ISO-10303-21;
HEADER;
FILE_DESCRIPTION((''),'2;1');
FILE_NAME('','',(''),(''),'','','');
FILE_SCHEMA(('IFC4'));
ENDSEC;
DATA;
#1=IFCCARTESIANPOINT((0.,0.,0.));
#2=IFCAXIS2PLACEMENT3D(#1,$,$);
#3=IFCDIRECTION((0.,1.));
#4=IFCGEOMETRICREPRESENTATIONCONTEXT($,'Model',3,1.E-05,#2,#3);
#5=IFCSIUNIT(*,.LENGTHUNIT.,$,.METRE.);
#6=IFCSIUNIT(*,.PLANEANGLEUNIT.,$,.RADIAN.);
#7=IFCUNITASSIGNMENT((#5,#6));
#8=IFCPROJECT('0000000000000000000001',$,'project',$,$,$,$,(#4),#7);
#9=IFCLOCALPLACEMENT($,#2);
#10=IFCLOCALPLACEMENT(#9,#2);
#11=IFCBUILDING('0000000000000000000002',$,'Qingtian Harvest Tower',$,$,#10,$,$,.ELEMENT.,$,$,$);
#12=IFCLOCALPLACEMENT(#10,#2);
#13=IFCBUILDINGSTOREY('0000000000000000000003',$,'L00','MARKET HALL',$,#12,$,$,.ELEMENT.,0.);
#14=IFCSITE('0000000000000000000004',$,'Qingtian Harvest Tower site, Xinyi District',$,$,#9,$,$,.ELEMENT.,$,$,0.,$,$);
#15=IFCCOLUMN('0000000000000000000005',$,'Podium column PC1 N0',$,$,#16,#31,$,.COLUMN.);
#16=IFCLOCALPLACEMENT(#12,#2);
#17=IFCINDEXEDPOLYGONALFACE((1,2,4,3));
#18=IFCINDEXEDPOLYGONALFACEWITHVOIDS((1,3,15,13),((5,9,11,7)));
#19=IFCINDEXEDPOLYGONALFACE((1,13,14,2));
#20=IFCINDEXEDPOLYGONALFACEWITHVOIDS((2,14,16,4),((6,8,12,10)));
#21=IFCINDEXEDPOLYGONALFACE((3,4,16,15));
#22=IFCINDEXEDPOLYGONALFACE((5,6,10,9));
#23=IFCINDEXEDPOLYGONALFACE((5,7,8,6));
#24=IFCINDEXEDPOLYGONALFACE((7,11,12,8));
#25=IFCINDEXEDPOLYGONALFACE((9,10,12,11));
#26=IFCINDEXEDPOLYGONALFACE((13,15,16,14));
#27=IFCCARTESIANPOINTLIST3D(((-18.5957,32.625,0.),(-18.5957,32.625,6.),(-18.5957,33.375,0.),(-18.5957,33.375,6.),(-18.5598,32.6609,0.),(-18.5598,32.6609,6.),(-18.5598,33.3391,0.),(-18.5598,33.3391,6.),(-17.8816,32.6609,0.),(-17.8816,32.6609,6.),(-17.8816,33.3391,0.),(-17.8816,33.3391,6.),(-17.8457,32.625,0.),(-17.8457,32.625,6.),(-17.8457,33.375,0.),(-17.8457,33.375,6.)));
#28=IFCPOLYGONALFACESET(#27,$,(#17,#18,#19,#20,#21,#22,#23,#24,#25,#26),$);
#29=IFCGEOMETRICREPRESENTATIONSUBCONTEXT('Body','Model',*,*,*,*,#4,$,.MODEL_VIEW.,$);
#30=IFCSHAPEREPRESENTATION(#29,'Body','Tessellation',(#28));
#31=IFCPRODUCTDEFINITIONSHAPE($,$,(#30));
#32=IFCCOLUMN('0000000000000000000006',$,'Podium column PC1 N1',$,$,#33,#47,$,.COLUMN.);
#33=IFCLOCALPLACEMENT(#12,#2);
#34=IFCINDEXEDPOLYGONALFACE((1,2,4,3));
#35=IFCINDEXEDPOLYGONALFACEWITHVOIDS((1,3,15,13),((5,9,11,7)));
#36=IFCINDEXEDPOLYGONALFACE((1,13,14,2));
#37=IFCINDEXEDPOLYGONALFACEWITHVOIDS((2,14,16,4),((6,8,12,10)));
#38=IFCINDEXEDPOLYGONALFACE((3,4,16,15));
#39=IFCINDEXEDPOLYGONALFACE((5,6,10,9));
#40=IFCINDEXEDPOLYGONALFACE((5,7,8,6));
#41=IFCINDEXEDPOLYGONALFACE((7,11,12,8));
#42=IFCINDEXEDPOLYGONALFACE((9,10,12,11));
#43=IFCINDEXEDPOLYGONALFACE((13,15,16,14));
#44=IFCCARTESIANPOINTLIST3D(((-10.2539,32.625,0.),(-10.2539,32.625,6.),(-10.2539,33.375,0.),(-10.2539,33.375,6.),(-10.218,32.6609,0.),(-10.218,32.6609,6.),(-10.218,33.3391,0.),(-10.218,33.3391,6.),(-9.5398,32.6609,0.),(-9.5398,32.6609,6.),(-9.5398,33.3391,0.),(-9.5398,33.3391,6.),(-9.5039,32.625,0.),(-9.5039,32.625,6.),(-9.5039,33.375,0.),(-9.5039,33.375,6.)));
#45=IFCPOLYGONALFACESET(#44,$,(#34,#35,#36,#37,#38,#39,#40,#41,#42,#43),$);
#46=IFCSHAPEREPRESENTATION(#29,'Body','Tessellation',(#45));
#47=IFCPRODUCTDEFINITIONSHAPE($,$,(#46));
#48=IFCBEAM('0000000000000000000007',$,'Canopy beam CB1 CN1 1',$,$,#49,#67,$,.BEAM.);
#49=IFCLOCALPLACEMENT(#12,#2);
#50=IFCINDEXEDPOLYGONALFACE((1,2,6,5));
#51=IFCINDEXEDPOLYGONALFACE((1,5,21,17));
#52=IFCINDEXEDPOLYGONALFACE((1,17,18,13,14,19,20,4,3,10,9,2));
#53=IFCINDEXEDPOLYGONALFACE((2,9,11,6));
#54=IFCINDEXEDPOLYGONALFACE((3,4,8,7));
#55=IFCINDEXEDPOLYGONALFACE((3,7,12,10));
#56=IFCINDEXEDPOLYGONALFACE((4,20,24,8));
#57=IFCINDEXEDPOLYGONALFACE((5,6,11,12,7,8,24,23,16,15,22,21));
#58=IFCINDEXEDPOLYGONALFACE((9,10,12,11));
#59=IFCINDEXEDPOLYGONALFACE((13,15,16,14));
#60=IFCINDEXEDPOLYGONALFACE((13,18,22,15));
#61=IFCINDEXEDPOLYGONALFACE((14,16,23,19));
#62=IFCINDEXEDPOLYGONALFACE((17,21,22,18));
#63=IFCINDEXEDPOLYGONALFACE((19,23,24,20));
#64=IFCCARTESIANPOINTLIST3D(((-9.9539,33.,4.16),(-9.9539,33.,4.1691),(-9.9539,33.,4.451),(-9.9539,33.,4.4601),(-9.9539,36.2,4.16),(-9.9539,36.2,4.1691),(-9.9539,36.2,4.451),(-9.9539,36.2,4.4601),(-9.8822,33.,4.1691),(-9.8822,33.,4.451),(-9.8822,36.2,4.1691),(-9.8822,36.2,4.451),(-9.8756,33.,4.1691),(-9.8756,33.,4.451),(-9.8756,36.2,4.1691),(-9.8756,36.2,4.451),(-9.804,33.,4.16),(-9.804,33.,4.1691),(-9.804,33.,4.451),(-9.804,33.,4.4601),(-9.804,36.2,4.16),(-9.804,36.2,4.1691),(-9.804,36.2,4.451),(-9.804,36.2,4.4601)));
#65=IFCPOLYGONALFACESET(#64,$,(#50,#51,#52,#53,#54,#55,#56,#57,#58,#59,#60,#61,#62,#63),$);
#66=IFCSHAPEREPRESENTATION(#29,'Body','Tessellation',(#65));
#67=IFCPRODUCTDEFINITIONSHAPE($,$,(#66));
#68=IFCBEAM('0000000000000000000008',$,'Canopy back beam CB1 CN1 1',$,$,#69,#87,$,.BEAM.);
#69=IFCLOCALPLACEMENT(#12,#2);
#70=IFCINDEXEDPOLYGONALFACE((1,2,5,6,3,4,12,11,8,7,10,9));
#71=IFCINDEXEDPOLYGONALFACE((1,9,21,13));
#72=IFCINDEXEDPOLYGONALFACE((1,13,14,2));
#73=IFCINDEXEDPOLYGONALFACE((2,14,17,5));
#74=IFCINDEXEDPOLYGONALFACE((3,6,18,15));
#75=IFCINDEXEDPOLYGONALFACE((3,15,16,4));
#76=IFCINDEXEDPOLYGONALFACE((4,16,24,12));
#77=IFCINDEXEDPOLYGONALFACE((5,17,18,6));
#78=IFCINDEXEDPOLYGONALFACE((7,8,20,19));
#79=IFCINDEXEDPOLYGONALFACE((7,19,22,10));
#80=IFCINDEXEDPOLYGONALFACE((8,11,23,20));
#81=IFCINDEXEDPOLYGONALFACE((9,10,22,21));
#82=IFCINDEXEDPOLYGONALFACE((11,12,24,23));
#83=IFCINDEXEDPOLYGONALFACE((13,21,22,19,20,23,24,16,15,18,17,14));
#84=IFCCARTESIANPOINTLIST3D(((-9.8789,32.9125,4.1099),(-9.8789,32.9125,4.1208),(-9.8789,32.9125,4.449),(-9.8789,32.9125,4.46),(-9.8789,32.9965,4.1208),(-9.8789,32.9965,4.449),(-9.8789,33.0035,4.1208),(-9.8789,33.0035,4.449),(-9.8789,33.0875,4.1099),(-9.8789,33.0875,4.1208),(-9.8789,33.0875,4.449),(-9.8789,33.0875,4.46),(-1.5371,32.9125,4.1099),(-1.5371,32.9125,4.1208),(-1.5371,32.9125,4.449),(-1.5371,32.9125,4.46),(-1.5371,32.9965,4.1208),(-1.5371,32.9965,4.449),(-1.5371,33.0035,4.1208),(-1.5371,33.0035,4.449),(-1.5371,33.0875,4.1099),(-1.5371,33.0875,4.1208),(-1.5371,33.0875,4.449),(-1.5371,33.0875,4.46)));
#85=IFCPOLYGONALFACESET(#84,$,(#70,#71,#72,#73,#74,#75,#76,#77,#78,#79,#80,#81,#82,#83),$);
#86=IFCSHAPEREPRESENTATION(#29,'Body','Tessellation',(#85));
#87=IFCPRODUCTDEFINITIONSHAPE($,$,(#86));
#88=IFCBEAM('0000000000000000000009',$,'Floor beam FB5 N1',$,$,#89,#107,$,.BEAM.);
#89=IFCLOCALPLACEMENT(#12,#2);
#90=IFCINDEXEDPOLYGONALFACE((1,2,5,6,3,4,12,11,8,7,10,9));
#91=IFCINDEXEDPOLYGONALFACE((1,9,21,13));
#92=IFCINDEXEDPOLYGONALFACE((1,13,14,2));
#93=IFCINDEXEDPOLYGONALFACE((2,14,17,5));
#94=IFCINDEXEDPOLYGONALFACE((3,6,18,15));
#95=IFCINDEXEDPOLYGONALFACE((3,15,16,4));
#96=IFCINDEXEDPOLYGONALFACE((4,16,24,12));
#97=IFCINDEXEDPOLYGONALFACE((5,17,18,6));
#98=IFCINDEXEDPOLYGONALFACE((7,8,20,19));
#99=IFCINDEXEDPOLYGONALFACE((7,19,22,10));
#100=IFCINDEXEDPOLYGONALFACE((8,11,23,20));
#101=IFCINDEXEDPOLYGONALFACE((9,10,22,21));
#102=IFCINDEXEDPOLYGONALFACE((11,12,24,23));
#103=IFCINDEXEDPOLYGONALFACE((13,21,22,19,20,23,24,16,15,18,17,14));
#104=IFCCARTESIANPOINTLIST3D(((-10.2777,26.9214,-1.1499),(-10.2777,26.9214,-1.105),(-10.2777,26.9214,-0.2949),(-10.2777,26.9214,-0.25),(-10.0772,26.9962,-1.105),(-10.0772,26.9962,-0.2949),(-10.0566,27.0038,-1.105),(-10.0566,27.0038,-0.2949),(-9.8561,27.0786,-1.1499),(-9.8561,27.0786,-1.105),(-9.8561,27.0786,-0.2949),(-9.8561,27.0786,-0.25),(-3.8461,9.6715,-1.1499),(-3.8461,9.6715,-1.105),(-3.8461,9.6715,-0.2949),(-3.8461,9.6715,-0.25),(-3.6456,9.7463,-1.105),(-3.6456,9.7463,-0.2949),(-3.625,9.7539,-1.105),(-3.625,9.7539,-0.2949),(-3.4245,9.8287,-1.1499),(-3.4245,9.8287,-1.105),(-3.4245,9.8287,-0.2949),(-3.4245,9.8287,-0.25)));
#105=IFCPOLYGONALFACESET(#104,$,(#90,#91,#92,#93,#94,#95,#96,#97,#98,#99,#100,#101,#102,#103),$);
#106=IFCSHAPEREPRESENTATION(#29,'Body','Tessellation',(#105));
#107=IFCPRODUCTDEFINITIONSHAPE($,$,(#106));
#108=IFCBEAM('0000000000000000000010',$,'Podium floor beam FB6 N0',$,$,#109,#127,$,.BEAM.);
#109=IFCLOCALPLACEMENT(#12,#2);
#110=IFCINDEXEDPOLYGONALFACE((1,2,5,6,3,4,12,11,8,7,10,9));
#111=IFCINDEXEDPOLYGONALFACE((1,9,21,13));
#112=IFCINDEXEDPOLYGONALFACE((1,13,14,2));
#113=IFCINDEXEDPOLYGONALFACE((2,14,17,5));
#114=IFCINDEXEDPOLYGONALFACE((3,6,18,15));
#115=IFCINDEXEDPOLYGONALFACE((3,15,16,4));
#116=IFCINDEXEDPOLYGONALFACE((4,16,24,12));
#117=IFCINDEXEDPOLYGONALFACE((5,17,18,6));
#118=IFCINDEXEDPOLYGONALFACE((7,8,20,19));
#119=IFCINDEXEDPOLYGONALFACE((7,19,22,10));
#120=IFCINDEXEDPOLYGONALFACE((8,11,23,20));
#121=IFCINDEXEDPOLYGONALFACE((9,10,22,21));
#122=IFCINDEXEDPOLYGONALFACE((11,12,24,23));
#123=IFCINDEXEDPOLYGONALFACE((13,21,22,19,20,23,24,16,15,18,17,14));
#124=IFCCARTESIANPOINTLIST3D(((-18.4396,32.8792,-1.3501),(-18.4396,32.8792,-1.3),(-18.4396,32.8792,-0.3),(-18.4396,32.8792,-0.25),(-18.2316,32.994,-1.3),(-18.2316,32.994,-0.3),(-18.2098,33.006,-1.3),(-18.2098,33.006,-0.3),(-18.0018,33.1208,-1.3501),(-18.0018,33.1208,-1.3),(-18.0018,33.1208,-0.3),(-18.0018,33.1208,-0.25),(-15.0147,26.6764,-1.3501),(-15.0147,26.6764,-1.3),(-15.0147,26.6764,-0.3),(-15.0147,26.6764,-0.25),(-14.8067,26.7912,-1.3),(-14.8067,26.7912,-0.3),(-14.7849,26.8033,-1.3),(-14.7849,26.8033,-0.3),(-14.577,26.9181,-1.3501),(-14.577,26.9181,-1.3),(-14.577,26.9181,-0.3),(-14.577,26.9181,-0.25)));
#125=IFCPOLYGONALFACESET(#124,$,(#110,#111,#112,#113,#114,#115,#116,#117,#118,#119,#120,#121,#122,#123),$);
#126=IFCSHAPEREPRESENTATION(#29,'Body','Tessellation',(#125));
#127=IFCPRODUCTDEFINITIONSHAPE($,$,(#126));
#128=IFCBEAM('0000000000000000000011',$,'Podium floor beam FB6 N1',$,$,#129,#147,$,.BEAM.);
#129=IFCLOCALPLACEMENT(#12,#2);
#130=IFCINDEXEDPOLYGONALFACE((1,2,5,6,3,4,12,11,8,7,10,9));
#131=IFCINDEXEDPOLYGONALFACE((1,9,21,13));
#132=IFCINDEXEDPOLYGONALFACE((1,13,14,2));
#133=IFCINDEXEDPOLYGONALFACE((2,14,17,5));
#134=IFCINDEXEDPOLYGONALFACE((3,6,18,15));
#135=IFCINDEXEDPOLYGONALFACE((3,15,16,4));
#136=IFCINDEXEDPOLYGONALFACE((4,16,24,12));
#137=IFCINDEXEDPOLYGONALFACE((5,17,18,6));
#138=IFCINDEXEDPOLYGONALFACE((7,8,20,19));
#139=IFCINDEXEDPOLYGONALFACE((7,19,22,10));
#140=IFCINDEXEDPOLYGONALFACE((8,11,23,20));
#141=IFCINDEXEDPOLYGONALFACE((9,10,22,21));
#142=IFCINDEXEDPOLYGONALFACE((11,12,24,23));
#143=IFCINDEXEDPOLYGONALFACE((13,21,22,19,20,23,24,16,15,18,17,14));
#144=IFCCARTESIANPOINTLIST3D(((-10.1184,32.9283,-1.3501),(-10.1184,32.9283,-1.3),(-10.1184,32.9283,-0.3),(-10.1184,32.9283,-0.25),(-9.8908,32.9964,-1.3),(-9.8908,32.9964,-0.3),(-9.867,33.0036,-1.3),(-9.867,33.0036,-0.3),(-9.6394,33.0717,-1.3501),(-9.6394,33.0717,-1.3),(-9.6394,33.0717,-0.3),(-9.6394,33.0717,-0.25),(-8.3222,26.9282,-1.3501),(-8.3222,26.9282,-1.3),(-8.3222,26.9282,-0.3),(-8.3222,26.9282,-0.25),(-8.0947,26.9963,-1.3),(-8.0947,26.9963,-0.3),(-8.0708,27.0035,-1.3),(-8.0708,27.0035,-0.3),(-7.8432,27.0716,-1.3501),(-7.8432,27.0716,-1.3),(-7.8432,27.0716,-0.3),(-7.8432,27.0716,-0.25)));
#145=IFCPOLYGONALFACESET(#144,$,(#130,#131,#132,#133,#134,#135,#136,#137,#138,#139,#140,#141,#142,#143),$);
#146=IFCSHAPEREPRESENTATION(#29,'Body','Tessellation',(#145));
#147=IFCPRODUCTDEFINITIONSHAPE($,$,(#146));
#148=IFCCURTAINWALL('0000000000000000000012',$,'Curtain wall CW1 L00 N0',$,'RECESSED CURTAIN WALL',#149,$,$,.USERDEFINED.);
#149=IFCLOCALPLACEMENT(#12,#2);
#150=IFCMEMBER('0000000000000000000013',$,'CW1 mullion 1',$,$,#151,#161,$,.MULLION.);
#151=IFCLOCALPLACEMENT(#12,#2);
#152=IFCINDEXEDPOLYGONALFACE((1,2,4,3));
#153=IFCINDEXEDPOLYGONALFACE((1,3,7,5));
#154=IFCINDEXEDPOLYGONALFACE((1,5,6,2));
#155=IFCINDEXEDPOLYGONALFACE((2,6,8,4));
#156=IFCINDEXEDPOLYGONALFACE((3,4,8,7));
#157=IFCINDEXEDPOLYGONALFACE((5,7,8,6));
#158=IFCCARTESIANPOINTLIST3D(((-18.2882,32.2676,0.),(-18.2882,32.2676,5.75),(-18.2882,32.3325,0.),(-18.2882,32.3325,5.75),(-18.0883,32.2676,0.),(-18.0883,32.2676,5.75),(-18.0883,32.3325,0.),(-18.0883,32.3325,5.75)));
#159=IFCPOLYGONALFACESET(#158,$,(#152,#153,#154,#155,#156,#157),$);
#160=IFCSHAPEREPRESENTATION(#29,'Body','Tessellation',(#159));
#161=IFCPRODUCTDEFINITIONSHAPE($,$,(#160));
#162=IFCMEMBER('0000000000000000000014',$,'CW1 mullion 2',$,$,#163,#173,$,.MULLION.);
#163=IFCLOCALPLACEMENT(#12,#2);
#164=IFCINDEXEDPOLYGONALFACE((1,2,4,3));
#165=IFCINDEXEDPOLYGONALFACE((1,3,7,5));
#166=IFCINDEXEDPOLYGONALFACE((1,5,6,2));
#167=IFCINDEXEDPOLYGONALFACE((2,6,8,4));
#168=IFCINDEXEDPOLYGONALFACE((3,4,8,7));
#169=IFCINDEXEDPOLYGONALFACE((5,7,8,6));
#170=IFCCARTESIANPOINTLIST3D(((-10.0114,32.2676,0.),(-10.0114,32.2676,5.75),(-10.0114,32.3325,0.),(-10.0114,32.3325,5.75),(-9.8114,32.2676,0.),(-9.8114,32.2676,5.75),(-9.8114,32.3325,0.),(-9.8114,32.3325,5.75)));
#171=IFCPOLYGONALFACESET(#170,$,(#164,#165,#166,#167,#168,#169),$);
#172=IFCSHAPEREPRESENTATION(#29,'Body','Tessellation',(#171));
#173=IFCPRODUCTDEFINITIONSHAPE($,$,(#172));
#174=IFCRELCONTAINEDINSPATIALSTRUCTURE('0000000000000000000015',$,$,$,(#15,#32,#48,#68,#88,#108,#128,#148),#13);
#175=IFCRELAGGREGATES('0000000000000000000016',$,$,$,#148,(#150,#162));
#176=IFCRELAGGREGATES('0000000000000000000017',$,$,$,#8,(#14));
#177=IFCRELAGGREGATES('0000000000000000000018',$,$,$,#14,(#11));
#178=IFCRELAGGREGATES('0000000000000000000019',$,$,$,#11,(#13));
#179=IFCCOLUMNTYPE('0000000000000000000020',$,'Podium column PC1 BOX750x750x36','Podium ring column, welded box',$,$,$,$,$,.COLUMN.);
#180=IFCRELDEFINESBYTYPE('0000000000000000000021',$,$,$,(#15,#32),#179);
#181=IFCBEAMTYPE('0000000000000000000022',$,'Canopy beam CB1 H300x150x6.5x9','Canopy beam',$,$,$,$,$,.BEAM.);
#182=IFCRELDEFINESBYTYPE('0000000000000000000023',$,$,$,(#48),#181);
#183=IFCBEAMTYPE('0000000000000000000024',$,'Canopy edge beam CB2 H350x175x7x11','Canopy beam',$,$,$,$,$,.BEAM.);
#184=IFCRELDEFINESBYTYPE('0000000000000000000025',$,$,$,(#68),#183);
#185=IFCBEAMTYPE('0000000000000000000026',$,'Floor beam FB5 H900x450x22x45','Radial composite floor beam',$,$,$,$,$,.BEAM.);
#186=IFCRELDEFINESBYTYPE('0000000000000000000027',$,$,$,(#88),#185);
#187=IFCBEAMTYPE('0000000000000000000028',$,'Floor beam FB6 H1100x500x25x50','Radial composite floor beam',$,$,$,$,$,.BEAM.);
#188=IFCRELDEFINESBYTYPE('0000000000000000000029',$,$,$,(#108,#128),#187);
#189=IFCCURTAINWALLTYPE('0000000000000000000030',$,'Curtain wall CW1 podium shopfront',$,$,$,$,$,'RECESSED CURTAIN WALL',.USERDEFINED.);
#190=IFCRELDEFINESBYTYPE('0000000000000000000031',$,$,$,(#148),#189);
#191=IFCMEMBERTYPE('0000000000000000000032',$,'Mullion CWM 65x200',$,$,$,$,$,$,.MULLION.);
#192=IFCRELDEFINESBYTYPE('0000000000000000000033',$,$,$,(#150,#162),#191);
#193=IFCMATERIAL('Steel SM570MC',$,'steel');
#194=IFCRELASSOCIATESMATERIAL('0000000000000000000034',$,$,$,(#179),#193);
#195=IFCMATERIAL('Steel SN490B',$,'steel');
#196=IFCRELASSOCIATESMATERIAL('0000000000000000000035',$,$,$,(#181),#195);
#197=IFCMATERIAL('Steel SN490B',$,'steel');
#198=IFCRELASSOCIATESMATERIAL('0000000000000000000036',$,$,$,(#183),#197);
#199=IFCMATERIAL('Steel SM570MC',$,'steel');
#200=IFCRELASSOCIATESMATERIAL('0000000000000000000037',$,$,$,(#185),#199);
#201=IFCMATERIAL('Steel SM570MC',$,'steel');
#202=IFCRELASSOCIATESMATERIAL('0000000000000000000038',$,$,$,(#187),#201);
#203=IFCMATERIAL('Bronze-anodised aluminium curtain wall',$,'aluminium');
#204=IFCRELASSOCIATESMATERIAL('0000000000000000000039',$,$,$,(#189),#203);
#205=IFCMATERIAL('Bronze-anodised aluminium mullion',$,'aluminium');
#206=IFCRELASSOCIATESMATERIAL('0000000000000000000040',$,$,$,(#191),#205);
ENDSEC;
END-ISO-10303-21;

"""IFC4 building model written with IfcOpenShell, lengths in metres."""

from ifc_helpers import new_model, si_unit, direction, frame, origin, origin_2d, place, context, subcontext, project, spatial, rectangle, hollow_rectangle, i_section, extrude, material, material_profile, profile_set, type_object, element, aggregate, save


model = new_model("IFC4")

# Units and contexts
model_context = context("Model", 3, precision=1e-05, world=origin(), true_north=direction((0.0, 1.0)))
body_context = subcontext(model_context, "Body", "Model", "MODEL_VIEW")
ifc_project = project(units=[si_unit("LENGTHUNIT", "METRE"), si_unit("PLANEANGLEUNIT", "RADIAN")], contexts=[model_context])

# Site, building, storey
site_placement = place(None, origin())
site = spatial("IfcSite", under=ifc_project, at=site_placement, Name="Qingtian Harvest Tower site, Xinyi District", CompositionType="ELEMENT", RefElevation=0.0)
building_placement = place(site_placement, origin())
building = spatial("IfcBuilding", under=site, at=building_placement, Name="Qingtian Harvest Tower", CompositionType="ELEMENT")
storey_placement = place(building_placement, origin())
storey = spatial("IfcBuildingStorey", under=building, at=storey_placement, Name="L00", Description="MARKET HALL", CompositionType="ELEMENT", Elevation=0.0)

# Columns
ifc_material_1 = material(Name="Steel SM570MC", Category="steel")
ifc_material_profile_1 = material_profile(ifc_material_1, hollow_rectangle(XDim=0.75, YDim=0.75, WallThickness=0.0359, at=origin_2d()), Name="BOX750x750x36")
ifc_profile_set_1 = profile_set([ifc_material_profile_1], Name="Steel SM570MC")
column_type = type_object("IfcColumnType", Name="Podium column PC1 BOX750x750x36", Description="Podium ring column, welded box", PredefinedType="COLUMN", material=ifc_profile_set_1)
for number, where, z_axis, x_axis, name in (
    (1, (-18.2207, 33.0, 0.0), (0.0, 0.0, 1.0), (-1.0, 0.0, 0.0), "Podium column PC1 N0"),
    (2, (-9.8789, 33.0, 0.0), (0.0, 0.0, 1.0), (-1.0, 0.0, 0.0), "Podium column PC1 N1"),
):
    element("IfcColumn", number, at=place(storey_placement, frame(where, z_axis=z_axis, x_axis=x_axis)), inside=storey, type_object=column_type, Name=name, PredefinedType="COLUMN", context=body_context, shape_type="SweptSolid", body=[
        extrude(hollow_rectangle(XDim=0.75, YDim=0.75, WallThickness=0.0359, at=origin_2d()), origin(), (0.0, 0.0, 1.0), 6.0),
    ])

# Beams
ifc_material_2 = material(Name="Steel SN490B", Category="steel")
ifc_material_profile_2 = material_profile(ifc_material_2, i_section(OverallWidth=0.1499, OverallDepth=0.3, WebThickness=0.0066, FlangeThickness=0.009, at=origin_2d()), Name="H300x150x6.5x9")
ifc_profile_set_2 = profile_set([ifc_material_profile_2], Name="Steel SN490B")
beam_type_1 = type_object("IfcBeamType", Name="Canopy beam CB1 H300x150x6.5x9", Description="Canopy beam", PredefinedType="BEAM", material=ifc_profile_set_2)
beam_1_placement = place(storey_placement, frame((-9.8789, 33.0, 4.3101), z_axis=(0.0, 1.0, 0.0), x_axis=(-1.0, 0.0, 0.0)))
element("IfcBeam", 3, at=beam_1_placement, inside=storey, type_object=beam_type_1, Name="Canopy beam CB1 CN1 1", PredefinedType="BEAM", context=body_context, shape_type="SweptSolid", body=[
    extrude(i_section(OverallWidth=0.1499, OverallDepth=0.3, WebThickness=0.0066, FlangeThickness=0.009, at=origin_2d()), origin(), (0.0, 0.0, 1.0), 3.2),
])
ifc_material_3 = material(Name="Steel SN490B", Category="steel")
ifc_material_profile_3 = material_profile(ifc_material_3, i_section(OverallWidth=0.175, OverallDepth=0.3501, WebThickness=0.0071, FlangeThickness=0.011, at=origin_2d()), Name="H350x175x7x11")
ifc_profile_set_3 = profile_set([ifc_material_profile_3], Name="Steel SN490B")
beam_type_2 = type_object("IfcBeamType", Name="Canopy edge beam CB2 H350x175x7x11", Description="Canopy beam", PredefinedType="BEAM", material=ifc_profile_set_3)
beam_2_placement = place(storey_placement, frame((-9.8789, 33.0, 4.2849), z_axis=(1.0, 0.0, 0.0), x_axis=(0.0, 1.0, 0.0)))
element("IfcBeam", 4, at=beam_2_placement, inside=storey, type_object=beam_type_2, Name="Canopy back beam CB1 CN1 1", PredefinedType="BEAM", context=body_context, shape_type="SweptSolid", body=[
    extrude(i_section(OverallWidth=0.175, OverallDepth=0.3501, WebThickness=0.0071, FlangeThickness=0.011, at=origin_2d()), origin(), (0.0, 0.0, 1.0), 8.3418),
])
ifc_material_4 = material(Name="Steel SM570MC", Category="steel")
ifc_material_profile_4 = material_profile(ifc_material_4, i_section(OverallWidth=0.45, OverallDepth=0.8999, WebThickness=0.022, FlangeThickness=0.0449, at=origin_2d()), Name="H900x450x22x45")
ifc_profile_set_4 = profile_set([ifc_material_profile_4], Name="Steel SM570MC")
beam_type_3 = type_object("IfcBeamType", Name="Floor beam FB5 H900x450x22x45", Description="Radial composite floor beam", PredefinedType="BEAM", material=ifc_profile_set_4)
beam_3_placement = place(storey_placement, frame((-10.0669, 27.0, -0.7), z_axis=(0.349356, -0.93699, 0.0), x_axis=(0.93699, 0.349356, 0.0)))
element("IfcBeam", 5, at=beam_3_placement, inside=storey, type_object=beam_type_3, Name="Floor beam FB5 N1", PredefinedType="BEAM", context=body_context, shape_type="SweptSolid", body=[
    extrude(i_section(OverallWidth=0.45, OverallDepth=0.8999, WebThickness=0.022, FlangeThickness=0.0449, at=origin_2d()), origin(), (0.0, 0.0, 1.0), 18.4099),
])
ifc_material_5 = material(Name="Steel SM570MC", Category="steel")
ifc_material_profile_5 = material_profile(ifc_material_5, i_section(OverallWidth=0.5, OverallDepth=1.1001, WebThickness=0.0249, FlangeThickness=0.05, at=origin_2d()), Name="H1100x500x25x50")
ifc_profile_set_5 = profile_set([ifc_material_profile_5], Name="Steel SM570MC")
beam_type_4 = type_object("IfcBeamType", Name="Floor beam FB6 H1100x500x25x50", Description="Radial composite floor beam", PredefinedType="BEAM", material=ifc_profile_set_5)
beam_4_placement = place(storey_placement, frame((-18.2207, 33.0, -0.8), z_axis=(0.483365, -0.875419, 0.0), x_axis=(0.875419, 0.483365, 0.0)))
element("IfcBeam", 6, at=beam_4_placement, inside=storey, type_object=beam_type_4, Name="Podium floor beam FB6 N0", PredefinedType="BEAM", context=body_context, shape_type="SweptSolid", body=[
    extrude(i_section(OverallWidth=0.5, OverallDepth=1.1001, WebThickness=0.0249, FlangeThickness=0.05, at=origin_2d()), origin(), (0.0, 0.0, 1.0), 7.0854),
])
beam_5_placement = place(storey_placement, frame((-9.8789, 33.0, -0.8), z_axis=(0.286783, -0.957996, 0.0), x_axis=(0.957996, 0.286783, 0.0)))
element("IfcBeam", 7, at=beam_5_placement, inside=storey, type_object=beam_type_4, Name="Podium floor beam FB6 N1", PredefinedType="BEAM", context=body_context, shape_type="SweptSolid", body=[
    extrude(i_section(OverallWidth=0.5, OverallDepth=1.1001, WebThickness=0.0249, FlangeThickness=0.05, at=origin_2d()), origin(), (0.0, 0.0, 1.0), 6.2632),
])

# Curtain wall, members
ifc_material_6 = material(Name="Bronze-anodised aluminium curtain wall", Category="aluminium")
curtain_wall_type = type_object("IfcCurtainWallType", Name="Curtain wall CW1 podium shopfront", ElementType="RECESSED CURTAIN WALL", PredefinedType="USERDEFINED", material=ifc_material_6)
curtain_wall_1_placement = place(storey_placement, origin())
curtain_wall_1 = element("IfcCurtainWall", 8, at=curtain_wall_1_placement, inside=storey, type_object=curtain_wall_type, Name="Curtain wall CW1 L00 N0", ObjectType="RECESSED CURTAIN WALL", PredefinedType="USERDEFINED")
ifc_material_7 = material(Name="Bronze-anodised aluminium mullion", Category="aluminium")
ifc_material_profile_6 = material_profile(ifc_material_7, rectangle(XDim=0.0649, YDim=0.2, at=origin_2d()), Name="AL 65x200")
ifc_profile_set_6 = profile_set([ifc_material_profile_6], Name="Bronze-anodised aluminium mullion")
member_type_1 = type_object("IfcMemberType", Name="Mullion CWM 65x200", PredefinedType="MULLION", material=ifc_profile_set_6)
member_1_placement = place(storey_placement, frame((-18.1882, 32.3, 0.0), z_axis=(0.0, 0.0, 1.0), x_axis=(0.0, 1.0, 0.0)))
member_1 = element("IfcMember", 9, at=member_1_placement, type_object=member_type_1, Name="CW1 mullion 1", PredefinedType="MULLION", context=body_context, shape_type="SweptSolid", body=[
    extrude(rectangle(XDim=0.0649, YDim=0.2, at=origin_2d()), origin(), (0.0, 0.0, 1.0), 5.75),
])
member_2_placement = place(storey_placement, frame((-9.9114, 32.3, 0.0), z_axis=(0.0, 0.0, 1.0), x_axis=(0.0, 1.0, 0.0)))
member_2 = element("IfcMember", 10, at=member_2_placement, type_object=member_type_1, Name="CW1 mullion 2", PredefinedType="MULLION", context=body_context, shape_type="SweptSolid", body=[
    extrude(rectangle(XDim=0.0649, YDim=0.2, at=origin_2d()), origin(), (0.0, 0.0, 1.0), 5.75),
])

aggregate(curtain_wall_1, [member_1, member_2])

save(model, "model.ifc")
